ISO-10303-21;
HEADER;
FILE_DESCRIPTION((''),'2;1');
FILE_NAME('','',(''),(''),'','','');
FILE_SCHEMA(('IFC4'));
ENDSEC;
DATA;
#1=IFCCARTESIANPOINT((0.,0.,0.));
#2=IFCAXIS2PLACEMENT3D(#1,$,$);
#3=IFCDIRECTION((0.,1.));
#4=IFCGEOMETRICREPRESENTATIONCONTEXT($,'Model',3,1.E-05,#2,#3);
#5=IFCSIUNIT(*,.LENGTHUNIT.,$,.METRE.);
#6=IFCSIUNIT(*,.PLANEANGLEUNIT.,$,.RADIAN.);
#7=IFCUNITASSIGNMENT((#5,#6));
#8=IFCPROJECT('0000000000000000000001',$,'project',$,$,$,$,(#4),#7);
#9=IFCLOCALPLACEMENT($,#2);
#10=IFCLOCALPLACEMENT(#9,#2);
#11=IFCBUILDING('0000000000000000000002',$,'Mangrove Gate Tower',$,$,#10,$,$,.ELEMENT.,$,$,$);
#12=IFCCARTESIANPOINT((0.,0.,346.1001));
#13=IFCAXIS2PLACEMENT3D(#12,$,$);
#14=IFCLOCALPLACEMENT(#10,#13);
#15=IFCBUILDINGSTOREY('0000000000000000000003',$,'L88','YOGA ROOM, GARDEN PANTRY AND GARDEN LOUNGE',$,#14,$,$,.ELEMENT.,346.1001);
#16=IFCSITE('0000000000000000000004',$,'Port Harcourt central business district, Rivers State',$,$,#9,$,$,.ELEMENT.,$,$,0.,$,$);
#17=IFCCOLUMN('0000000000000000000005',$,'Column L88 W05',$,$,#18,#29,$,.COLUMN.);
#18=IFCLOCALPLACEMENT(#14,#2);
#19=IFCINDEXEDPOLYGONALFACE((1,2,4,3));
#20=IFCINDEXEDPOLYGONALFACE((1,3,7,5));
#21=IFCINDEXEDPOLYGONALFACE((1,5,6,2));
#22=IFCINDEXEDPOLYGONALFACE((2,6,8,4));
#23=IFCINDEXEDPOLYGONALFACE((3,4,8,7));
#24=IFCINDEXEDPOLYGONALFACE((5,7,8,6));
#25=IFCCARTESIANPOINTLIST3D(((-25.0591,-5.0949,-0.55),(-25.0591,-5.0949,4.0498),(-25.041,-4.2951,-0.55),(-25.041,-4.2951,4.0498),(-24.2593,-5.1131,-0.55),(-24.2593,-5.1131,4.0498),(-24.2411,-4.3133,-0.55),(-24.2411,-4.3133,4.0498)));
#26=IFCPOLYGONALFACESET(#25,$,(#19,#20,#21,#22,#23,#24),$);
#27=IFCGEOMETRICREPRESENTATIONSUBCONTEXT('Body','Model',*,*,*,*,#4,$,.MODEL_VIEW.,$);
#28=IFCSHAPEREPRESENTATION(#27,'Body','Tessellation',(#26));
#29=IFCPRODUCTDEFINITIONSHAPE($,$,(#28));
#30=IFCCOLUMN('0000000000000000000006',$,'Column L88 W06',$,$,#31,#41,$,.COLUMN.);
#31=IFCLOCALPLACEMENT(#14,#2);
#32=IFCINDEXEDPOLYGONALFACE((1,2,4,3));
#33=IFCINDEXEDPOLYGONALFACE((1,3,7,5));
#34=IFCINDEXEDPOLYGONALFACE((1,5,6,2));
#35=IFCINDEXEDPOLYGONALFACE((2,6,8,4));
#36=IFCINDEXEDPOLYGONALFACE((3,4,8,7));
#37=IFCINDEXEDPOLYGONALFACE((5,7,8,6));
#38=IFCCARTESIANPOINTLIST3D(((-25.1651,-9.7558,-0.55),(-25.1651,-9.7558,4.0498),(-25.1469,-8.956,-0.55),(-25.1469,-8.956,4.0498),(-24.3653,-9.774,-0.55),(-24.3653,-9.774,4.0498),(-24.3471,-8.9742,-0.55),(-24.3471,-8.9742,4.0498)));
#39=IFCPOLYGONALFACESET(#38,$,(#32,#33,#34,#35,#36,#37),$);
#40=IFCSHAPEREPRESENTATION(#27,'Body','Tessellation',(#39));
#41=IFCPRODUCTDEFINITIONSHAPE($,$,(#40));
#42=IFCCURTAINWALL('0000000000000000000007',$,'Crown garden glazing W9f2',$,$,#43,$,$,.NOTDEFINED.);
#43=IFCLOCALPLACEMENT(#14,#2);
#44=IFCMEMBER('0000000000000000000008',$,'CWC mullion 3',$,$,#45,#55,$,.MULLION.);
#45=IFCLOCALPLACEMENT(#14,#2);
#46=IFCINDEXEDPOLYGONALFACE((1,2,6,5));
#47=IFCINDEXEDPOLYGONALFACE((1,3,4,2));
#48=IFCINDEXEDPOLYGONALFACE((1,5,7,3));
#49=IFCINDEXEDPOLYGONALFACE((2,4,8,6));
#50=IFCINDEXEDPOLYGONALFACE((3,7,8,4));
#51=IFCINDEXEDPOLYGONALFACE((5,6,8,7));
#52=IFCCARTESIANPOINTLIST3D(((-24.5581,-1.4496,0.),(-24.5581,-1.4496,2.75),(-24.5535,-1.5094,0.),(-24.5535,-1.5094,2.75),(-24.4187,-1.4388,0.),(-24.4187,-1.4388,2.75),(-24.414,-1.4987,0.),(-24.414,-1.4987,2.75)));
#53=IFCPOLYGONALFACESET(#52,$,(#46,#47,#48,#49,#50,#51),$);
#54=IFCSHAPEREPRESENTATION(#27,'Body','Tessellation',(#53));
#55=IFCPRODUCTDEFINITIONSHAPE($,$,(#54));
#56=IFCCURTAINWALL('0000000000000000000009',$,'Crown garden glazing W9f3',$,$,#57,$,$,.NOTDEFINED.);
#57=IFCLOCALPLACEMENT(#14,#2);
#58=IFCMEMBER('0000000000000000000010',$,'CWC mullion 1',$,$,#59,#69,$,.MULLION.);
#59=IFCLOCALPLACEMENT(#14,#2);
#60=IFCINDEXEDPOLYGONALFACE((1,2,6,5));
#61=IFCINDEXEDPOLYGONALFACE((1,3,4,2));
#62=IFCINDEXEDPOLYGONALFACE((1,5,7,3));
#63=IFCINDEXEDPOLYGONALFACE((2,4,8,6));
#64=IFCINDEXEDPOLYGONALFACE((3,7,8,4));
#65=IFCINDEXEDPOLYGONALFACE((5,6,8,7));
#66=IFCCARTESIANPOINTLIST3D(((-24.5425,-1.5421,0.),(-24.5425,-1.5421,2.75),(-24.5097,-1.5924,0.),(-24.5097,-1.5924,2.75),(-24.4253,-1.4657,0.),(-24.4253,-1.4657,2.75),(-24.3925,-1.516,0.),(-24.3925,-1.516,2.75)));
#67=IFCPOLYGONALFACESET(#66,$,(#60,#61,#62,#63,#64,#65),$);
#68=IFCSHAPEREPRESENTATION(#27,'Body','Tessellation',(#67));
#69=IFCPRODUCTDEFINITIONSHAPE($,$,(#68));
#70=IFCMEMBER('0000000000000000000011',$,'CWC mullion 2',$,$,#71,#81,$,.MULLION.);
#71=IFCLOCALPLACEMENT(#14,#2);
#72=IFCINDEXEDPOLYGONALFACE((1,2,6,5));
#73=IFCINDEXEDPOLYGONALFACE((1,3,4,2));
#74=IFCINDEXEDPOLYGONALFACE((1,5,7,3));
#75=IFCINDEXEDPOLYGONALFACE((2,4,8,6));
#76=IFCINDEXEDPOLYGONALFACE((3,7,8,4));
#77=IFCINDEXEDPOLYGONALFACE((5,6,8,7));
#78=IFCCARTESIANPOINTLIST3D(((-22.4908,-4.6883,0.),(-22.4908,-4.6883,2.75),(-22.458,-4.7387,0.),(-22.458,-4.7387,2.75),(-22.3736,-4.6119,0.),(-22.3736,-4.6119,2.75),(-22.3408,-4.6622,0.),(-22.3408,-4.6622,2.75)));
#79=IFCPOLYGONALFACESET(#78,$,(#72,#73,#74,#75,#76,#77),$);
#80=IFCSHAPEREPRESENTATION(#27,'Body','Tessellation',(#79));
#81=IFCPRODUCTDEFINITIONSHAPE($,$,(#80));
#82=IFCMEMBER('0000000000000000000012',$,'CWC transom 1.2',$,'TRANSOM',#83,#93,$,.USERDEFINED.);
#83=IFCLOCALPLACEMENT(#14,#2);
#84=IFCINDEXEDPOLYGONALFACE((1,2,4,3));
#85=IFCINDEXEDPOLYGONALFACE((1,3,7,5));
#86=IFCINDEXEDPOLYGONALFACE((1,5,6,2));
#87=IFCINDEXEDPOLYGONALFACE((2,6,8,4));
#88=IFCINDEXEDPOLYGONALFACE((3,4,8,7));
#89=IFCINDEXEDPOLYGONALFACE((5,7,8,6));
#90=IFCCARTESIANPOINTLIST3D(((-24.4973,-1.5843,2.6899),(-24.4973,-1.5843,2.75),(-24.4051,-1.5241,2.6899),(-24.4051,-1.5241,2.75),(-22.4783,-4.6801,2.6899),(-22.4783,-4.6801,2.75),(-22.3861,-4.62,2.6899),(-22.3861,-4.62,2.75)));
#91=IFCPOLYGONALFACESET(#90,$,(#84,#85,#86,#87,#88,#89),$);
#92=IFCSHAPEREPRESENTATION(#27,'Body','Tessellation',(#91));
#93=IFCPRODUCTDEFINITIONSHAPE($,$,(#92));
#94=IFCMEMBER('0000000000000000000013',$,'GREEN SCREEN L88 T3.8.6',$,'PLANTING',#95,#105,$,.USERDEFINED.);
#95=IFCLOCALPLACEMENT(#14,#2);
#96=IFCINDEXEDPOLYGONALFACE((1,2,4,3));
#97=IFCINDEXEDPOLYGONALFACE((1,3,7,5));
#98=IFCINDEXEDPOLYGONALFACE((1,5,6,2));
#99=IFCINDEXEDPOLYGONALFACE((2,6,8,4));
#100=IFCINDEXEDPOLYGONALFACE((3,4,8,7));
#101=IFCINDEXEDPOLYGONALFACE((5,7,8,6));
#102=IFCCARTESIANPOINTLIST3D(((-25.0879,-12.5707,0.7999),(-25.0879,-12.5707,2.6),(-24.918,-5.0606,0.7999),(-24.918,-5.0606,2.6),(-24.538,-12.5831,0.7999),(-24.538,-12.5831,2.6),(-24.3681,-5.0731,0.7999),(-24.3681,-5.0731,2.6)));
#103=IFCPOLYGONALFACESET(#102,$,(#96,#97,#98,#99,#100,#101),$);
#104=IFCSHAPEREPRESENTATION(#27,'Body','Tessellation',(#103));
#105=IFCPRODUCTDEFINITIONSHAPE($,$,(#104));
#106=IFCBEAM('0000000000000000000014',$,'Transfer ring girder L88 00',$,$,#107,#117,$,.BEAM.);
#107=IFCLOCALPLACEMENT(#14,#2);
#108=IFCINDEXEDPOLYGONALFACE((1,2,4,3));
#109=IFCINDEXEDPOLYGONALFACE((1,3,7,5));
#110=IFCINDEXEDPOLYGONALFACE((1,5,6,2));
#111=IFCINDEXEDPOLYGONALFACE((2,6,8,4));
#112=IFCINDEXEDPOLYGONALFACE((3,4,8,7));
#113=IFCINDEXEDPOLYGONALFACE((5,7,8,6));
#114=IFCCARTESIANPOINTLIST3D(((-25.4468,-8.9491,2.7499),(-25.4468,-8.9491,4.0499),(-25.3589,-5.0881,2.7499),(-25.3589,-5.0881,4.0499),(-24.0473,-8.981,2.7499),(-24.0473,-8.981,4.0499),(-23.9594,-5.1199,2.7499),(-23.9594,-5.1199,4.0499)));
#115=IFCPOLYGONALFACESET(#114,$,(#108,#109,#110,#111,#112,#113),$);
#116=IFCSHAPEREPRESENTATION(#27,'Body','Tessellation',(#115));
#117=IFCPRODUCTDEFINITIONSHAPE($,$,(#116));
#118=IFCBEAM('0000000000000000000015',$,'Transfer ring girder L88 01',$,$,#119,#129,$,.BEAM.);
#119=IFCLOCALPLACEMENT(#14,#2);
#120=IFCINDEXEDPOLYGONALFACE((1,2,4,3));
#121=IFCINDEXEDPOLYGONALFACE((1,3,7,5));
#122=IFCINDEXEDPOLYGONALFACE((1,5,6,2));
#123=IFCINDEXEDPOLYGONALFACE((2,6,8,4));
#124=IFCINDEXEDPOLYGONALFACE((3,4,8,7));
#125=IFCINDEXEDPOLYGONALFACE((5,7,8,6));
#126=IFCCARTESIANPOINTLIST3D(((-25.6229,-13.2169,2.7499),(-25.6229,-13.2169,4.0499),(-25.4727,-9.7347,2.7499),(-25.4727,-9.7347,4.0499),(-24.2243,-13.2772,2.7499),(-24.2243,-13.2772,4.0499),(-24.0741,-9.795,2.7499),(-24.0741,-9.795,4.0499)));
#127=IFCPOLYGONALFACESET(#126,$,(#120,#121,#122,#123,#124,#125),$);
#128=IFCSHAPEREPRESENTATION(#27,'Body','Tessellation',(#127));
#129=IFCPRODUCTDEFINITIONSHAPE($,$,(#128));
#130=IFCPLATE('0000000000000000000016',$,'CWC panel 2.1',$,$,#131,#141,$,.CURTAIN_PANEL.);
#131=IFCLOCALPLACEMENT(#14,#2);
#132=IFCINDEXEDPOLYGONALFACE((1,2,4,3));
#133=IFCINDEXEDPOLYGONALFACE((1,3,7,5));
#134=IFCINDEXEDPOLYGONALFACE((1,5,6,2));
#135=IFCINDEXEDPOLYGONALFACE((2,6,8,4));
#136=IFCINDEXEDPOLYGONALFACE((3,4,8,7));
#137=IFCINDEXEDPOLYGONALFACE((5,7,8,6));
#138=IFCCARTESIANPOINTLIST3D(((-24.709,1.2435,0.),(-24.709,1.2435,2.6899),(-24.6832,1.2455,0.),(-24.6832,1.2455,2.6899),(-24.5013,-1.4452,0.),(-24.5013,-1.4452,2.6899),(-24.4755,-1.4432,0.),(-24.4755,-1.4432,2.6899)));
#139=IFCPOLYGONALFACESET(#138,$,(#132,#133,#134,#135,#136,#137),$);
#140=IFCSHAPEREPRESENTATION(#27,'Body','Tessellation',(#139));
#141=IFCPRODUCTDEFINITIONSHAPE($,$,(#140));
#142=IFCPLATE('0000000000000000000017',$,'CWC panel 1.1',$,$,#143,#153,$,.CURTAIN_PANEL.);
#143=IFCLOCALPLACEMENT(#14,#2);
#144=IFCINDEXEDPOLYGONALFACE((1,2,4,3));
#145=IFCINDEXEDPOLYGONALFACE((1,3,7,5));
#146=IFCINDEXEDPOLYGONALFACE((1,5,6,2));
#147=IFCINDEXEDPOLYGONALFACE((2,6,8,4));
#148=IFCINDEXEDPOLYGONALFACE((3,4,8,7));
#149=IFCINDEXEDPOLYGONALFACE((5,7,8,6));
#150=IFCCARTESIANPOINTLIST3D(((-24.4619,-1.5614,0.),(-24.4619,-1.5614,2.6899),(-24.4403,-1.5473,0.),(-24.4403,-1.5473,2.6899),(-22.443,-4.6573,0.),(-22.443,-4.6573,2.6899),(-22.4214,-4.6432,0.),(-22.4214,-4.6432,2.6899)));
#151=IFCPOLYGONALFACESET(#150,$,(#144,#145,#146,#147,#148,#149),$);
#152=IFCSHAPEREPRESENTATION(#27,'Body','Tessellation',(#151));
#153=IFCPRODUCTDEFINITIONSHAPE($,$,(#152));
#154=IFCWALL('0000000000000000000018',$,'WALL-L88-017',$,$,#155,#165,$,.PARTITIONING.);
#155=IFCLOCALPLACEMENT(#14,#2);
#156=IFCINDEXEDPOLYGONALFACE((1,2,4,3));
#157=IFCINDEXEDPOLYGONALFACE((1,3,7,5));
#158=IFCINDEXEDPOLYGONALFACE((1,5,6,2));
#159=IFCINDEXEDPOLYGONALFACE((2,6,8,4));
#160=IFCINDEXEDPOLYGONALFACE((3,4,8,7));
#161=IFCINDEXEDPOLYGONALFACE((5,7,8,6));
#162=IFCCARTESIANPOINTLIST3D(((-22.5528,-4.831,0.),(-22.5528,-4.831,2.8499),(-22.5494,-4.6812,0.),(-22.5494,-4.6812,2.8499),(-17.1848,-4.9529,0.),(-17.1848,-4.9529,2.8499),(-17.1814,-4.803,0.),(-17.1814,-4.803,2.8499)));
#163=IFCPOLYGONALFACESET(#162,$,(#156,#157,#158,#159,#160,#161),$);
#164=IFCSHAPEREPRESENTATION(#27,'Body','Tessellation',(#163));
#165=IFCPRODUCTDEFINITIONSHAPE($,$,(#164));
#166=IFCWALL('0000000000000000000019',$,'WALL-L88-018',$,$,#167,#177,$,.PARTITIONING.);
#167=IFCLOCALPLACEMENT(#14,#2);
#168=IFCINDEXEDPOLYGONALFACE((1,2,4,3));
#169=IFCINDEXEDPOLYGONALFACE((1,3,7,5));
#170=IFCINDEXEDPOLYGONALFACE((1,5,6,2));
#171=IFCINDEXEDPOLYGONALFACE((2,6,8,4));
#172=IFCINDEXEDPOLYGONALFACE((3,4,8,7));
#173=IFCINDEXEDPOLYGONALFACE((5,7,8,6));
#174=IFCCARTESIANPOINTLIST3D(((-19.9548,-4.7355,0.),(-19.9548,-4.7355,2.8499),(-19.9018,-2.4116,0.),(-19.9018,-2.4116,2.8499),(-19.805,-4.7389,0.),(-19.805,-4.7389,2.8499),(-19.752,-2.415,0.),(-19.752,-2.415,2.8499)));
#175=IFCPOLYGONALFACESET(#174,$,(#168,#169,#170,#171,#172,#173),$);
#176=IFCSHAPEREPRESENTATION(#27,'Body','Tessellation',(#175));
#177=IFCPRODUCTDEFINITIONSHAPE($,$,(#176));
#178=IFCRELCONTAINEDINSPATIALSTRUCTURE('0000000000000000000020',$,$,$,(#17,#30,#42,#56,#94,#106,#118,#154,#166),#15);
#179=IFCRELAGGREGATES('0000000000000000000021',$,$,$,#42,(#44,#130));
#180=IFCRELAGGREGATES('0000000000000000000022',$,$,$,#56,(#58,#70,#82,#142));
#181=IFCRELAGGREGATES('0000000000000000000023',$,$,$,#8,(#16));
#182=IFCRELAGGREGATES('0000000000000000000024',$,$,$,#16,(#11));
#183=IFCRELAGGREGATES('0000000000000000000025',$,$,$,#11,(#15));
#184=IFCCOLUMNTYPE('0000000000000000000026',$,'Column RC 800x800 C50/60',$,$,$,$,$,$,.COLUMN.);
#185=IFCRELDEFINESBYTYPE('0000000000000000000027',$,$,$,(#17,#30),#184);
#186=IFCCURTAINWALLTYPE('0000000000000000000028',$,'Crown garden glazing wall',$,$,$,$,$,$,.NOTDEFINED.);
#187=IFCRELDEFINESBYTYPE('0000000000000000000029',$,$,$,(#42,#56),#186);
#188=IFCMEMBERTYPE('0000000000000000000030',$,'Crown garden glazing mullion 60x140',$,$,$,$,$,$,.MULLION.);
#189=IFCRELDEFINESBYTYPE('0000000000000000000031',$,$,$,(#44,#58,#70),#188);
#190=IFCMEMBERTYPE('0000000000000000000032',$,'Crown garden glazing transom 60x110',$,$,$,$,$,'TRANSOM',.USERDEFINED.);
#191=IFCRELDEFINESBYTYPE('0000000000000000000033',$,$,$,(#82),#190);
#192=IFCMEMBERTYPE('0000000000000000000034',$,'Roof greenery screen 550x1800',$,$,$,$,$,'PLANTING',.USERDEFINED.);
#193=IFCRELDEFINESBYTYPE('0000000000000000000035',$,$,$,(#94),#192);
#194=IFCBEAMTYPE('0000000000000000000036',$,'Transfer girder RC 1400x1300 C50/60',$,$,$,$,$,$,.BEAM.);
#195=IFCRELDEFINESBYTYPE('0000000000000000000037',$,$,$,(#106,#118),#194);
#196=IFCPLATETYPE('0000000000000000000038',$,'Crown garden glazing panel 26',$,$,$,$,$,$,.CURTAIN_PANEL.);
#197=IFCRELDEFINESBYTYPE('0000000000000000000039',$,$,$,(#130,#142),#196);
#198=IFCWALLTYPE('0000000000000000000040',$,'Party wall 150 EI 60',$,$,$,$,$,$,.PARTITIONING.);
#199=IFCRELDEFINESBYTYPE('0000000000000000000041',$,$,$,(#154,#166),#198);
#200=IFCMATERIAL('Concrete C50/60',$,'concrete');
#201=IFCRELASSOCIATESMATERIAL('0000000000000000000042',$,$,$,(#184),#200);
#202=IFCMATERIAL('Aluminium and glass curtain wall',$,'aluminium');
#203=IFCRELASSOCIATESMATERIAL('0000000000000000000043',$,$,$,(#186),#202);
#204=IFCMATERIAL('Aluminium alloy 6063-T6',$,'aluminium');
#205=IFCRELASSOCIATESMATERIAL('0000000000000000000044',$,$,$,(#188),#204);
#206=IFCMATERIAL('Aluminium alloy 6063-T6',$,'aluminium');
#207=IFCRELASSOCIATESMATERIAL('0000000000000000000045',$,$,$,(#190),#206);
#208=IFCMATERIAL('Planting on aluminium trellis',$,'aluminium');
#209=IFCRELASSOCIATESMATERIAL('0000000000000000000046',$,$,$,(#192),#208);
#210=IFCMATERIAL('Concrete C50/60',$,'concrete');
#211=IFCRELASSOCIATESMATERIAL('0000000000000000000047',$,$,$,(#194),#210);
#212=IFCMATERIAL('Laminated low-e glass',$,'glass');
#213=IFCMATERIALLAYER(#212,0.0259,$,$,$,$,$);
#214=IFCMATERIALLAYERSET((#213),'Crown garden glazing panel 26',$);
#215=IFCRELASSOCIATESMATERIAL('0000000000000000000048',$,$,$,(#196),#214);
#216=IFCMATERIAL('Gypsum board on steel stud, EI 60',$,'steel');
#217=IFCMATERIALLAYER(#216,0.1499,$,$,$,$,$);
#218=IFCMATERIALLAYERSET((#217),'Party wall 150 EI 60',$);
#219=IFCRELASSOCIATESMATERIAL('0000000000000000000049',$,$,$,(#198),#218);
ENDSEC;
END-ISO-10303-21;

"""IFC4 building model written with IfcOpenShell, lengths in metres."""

from ifc_helpers import new_model, si_unit, direction, frame, frame_2d, origin, origin_2d, place, context, subcontext, project, spatial, rectangle, extrude, material, layer, layer_set, material_profile, profile_set, type_object, element, aggregate, save


model = new_model("IFC4")

# Units and contexts
model_context = context("Model", 3, precision=1e-05, world=origin(), true_north=direction((0.0, 1.0)))
body_context = subcontext(model_context, "Body", "Model", "MODEL_VIEW")
ifc_project = project(units=[si_unit("LENGTHUNIT", "METRE"), si_unit("PLANEANGLEUNIT", "RADIAN")], contexts=[model_context])

# Site, building, storey
site_placement = place(None, origin())
site = spatial("IfcSite", under=ifc_project, at=site_placement, Name="Port Harcourt central business district, Rivers State", CompositionType="ELEMENT", RefElevation=0.0)
building_placement = place(site_placement, origin())
building = spatial("IfcBuilding", under=site, at=building_placement, Name="Mangrove Gate Tower", CompositionType="ELEMENT")
storey_placement = place(building_placement, frame((0.0, 0.0, 346.1001)))
storey = spatial("IfcBuildingStorey", under=building, at=storey_placement, Name="L88", Description="YOGA ROOM, GARDEN PANTRY AND GARDEN LOUNGE", CompositionType="ELEMENT", Elevation=346.1001)

# Columns
ifc_material_1 = material(Name="Concrete C50/60", Category="concrete")
ifc_material_profile_1 = material_profile(ifc_material_1, rectangle(XDim=0.8, YDim=0.8, at=origin_2d()))
ifc_profile_set_1 = profile_set([ifc_material_profile_1], Name="Concrete C50/60")
column_type = type_object("IfcColumnType", Name="Column RC 800x800 C50/60", PredefinedType="COLUMN", material=ifc_profile_set_1)
for number, where, z_axis, x_axis, name in (
    (1, (-24.6501, -4.7041, -0.55), (0.0, 0.0, 1.0), (-0.022702, -0.999742, 0.0), "Column L88 W05"),
    (2, (-24.7561, -9.365, -0.55), (0.0, 0.0, 1.0), (-0.022736, -0.999742, 0.0), "Column L88 W06"),
):
    element("IfcColumn", number, at=place(storey_placement, frame(where, z_axis=z_axis, x_axis=x_axis)), inside=storey, type_object=column_type, Name=name, PredefinedType="COLUMN", context=body_context, shape_type="SweptSolid", body=[
        extrude(rectangle(XDim=0.8, YDim=0.8, at=origin_2d()), origin(), (0.0, 0.0, 1.0), 4.5999),
    ])

# Curtain wall, member
ifc_material_2 = material(Name="Aluminium and glass curtain wall", Category="aluminium")
curtain_wall_type = type_object("IfcCurtainWallType", Name="Crown garden glazing wall", PredefinedType="NOTDEFINED", material=ifc_material_2)
curtain_wall_1_placement = place(storey_placement, origin())
curtain_wall_1 = element("IfcCurtainWall", 3, at=curtain_wall_1_placement, inside=storey, type_object=curtain_wall_type, Name="Crown garden glazing W9f2", PredefinedType="NOTDEFINED")
ifc_material_3 = material(Name="Aluminium alloy 6063-T6", Category="aluminium")
ifc_material_profile_2 = material_profile(ifc_material_3, rectangle(XDim=0.0601, YDim=0.1399, at=origin_2d()))
ifc_profile_set_2 = profile_set([ifc_material_profile_2], Name="Aluminium alloy 6063-T6")
member_type_1 = type_object("IfcMemberType", Name="Crown garden glazing mullion 60x140", PredefinedType="MULLION", material=ifc_profile_set_2)
member_1_placement = place(storey_placement, frame((-24.4861, -1.4741, 0.0), z_axis=(0.0, 0.0, 1.0), x_axis=(0.077023, -0.997029, 0.0)))
member_1 = element("IfcMember", 4, at=member_1_placement, type_object=member_type_1, Name="CWC mullion 3", PredefinedType="MULLION", context=body_context, shape_type="SweptSolid", body=[
    extrude(rectangle(XDim=0.0601, YDim=0.1399, at=origin_2d()), origin(), (0.0, 0.0, 1.0), 2.75),
])

# Curtain wall, members
curtain_wall_2_placement = place(storey_placement, origin())
curtain_wall_2 = element("IfcCurtainWall", 5, at=curtain_wall_2_placement, inside=storey, type_object=curtain_wall_type, Name="Crown garden glazing W9f3", PredefinedType="NOTDEFINED")
member_2_placement = place(storey_placement, frame((-24.4675, -1.5291, 0.0), z_axis=(0.0, 0.0, 1.0), x_axis=(0.546235, -0.837632, 0.0)))
member_2 = element("IfcMember", 6, at=member_2_placement, type_object=member_type_1, Name="CWC mullion 1", PredefinedType="MULLION", context=body_context, shape_type="SweptSolid", body=[
    extrude(rectangle(XDim=0.0601, YDim=0.1399, at=origin_2d()), origin(), (0.0, 0.0, 1.0), 2.75),
])
member_3_placement = place(storey_placement, frame((-22.4158, -4.6753, 0.0), z_axis=(0.0, 0.0, 1.0), x_axis=(0.546235, -0.837632, 0.0)))
member_3 = element("IfcMember", 7, at=member_3_placement, type_object=member_type_1, Name="CWC mullion 2", PredefinedType="MULLION", context=body_context, shape_type="SweptSolid", body=[
    extrude(rectangle(XDim=0.0601, YDim=0.1399, at=origin_2d()), origin(), (0.0, 0.0, 1.0), 2.75),
])
ifc_material_4 = material(Name="Aluminium alloy 6063-T6", Category="aluminium")
ifc_material_profile_3 = material_profile(ifc_material_4, rectangle(XDim=0.0601, YDim=0.1101, at=origin_2d()))
ifc_profile_set_3 = profile_set([ifc_material_profile_3], Name="Aluminium alloy 6063-T6")
member_type_2 = type_object("IfcMemberType", Name="Crown garden glazing transom 60x110", ElementType="TRANSOM", PredefinedType="USERDEFINED", material=ifc_profile_set_3)
member_4_placement = place(storey_placement, frame((-24.4512, -1.5542, 2.72), z_axis=(0.546258, -0.837617, 0.0), x_axis=(0.0, 0.0, 1.0)))
member_4 = element("IfcMember", 8, at=member_4_placement, type_object=member_type_2, Name="CWC transom 1.2", ObjectType="TRANSOM", PredefinedType="USERDEFINED", context=body_context, shape_type="SweptSolid", body=[
    extrude(rectangle(XDim=0.0601, YDim=0.1101, at=origin_2d()), origin(), (0.0, 0.0, 1.0), 3.696),
])

# Member
ifc_material_5 = material(Name="Planting on aluminium trellis", Category="aluminium")
ifc_material_profile_4 = material_profile(ifc_material_5, rectangle(XDim=0.55, YDim=1.8, at=origin_2d()))
ifc_profile_set_4 = profile_set([ifc_material_profile_4], Name="Planting on aluminium trellis")
member_type_3 = type_object("IfcMemberType", Name="Roof greenery screen 550x1800", ElementType="PLANTING", PredefinedType="USERDEFINED", material=ifc_profile_set_4)
member_5_placement = place(storey_placement, frame((-24.813, -12.5769, 1.7), z_axis=(0.02262, 0.999744, 0.0), x_axis=(-0.999744, 0.02262, 0.0)))
element("IfcMember", 9, at=member_5_placement, inside=storey, type_object=member_type_3, Name="GREEN SCREEN L88 T3.8.6", ObjectType="PLANTING", PredefinedType="USERDEFINED", context=body_context, shape_type="SweptSolid", body=[
    extrude(rectangle(XDim=0.55, YDim=1.8, at=origin_2d()), origin(), (0.0, 0.0, 1.0), 7.512),
])

# Beams
ifc_material_6 = material(Name="Concrete C50/60", Category="concrete")
ifc_material_profile_5 = material_profile(ifc_material_6, rectangle(XDim=1.3999, YDim=1.3, at=origin_2d()))
ifc_profile_set_5 = profile_set([ifc_material_profile_5], Name="Concrete C50/60")
beam_type = type_object("IfcBeamType", Name="Transfer girder RC 1400x1300 C50/60", PredefinedType="BEAM", material=ifc_profile_set_5)
beam_1_placement = place(storey_placement, frame((-24.6592, -5.104, 3.3999), z_axis=(-0.022757, -0.999741, 0.0), x_axis=(0.999741, -0.022757, 0.0)))
element("IfcBeam", 10, at=beam_1_placement, inside=storey, type_object=beam_type, Name="Transfer ring girder L88 00", PredefinedType="BEAM", context=body_context, shape_type="SweptSolid", body=[
    extrude(rectangle(XDim=1.3999, YDim=1.3, at=origin_2d()), origin(), (0.0, 0.0, 1.0), 3.8621),
])
beam_2_placement = place(storey_placement, frame((-24.7734, -9.7649, 3.3999), z_axis=(-0.043079, -0.999072, 0.0), x_axis=(0.999072, -0.043079, 0.0)))
element("IfcBeam", 11, at=beam_2_placement, inside=storey, type_object=beam_type, Name="Transfer ring girder L88 01", PredefinedType="BEAM", context=body_context, shape_type="SweptSolid", body=[
    extrude(rectangle(XDim=1.3999, YDim=1.3, at=origin_2d()), origin(), (0.0, 0.0, 1.0), 3.4854),
])

# Plates
ifc_material_7 = material(Name="Laminated low-e glass", Category="glass")
ifc_layer_1 = layer(ifc_material_7, 0.0259)
ifc_layer_set_1 = layer_set([ifc_layer_1], Name="Crown garden glazing panel 26")
plate_type = type_object("IfcPlateType", Name="Crown garden glazing panel 26", PredefinedType="CURTAIN_PANEL", material=ifc_layer_set_1)
plate_1_placement = place(storey_placement, frame((-24.5923, -0.0999, 0.0), z_axis=(0.0, 0.0, 1.0), x_axis=(0.077023, -0.997029, 0.0)))
plate_1 = element("IfcPlate", 12, at=plate_1_placement, type_object=plate_type, Name="CWC panel 2.1", PredefinedType="CURTAIN_PANEL", context=body_context, shape_type="SweptSolid", body=[
    extrude(rectangle(XDim=2.6968, YDim=0.0259, at=origin_2d()), origin(), (0.0, 0.0, 1.0), 2.6899),
])
aggregate(curtain_wall_1, [member_1, plate_1])
plate_2_placement = place(storey_placement, frame((-23.4417, -3.1023, 0.0), z_axis=(0.0, 0.0, 1.0), x_axis=(0.546235, -0.837632, 0.0)))
plate_2 = element("IfcPlate", 13, at=plate_2_placement, type_object=plate_type, Name="CWC panel 1.1", PredefinedType="CURTAIN_PANEL", context=body_context, shape_type="SweptSolid", body=[
    extrude(rectangle(XDim=3.696, YDim=0.0259, at=origin_2d()), origin(), (0.0, 0.0, 1.0), 2.6899),
])
aggregate(curtain_wall_2, [member_2, member_3, member_4, plate_2])

# Walls
ifc_material_8 = material(Name="Gypsum board on steel stud, EI 60", Category="steel")
ifc_layer_2 = layer(ifc_material_8, 0.1499)
ifc_layer_set_2 = layer_set([ifc_layer_2], Name="Party wall 150 EI 60")
wall_type_1 = type_object("IfcWallType", Name="Party wall 150 EI 60", PredefinedType="PARTITIONING", material=ifc_layer_set_2)
wall_1_placement = place(storey_placement, frame((-22.551, -4.7561, 0.0), z_axis=(0.0, 0.0, 1.0), x_axis=(0.999743, -0.022689, 0.0)))
element("IfcWall", 14, at=wall_1_placement, inside=storey, type_object=wall_type_1, Name="WALL-L88-017", PredefinedType="PARTITIONING", context=body_context, shape_type="SweptSolid", body=[
    extrude(rectangle(XDim=5.3694, YDim=0.1499, at=frame_2d((2.6846, 0.0))), origin(), (0.0, 0.0, 1.0), 2.8499),
])
wall_2_placement = place(storey_placement, frame((-19.8799, -4.7371, 0.0), z_axis=(0.0, 0.0, 1.0), x_axis=(0.022791, 0.99974, 0.0)))
element("IfcWall", 15, at=wall_2_placement, inside=storey, type_object=wall_type_1, Name="WALL-L88-018", PredefinedType="PARTITIONING", context=body_context, shape_type="SweptSolid", body=[
    extrude(rectangle(XDim=2.3245, YDim=0.1499, at=frame_2d((1.1621, 0.0))), origin(), (0.0, 0.0, 1.0), 2.8499),
])

save(model, "model.ifc")
